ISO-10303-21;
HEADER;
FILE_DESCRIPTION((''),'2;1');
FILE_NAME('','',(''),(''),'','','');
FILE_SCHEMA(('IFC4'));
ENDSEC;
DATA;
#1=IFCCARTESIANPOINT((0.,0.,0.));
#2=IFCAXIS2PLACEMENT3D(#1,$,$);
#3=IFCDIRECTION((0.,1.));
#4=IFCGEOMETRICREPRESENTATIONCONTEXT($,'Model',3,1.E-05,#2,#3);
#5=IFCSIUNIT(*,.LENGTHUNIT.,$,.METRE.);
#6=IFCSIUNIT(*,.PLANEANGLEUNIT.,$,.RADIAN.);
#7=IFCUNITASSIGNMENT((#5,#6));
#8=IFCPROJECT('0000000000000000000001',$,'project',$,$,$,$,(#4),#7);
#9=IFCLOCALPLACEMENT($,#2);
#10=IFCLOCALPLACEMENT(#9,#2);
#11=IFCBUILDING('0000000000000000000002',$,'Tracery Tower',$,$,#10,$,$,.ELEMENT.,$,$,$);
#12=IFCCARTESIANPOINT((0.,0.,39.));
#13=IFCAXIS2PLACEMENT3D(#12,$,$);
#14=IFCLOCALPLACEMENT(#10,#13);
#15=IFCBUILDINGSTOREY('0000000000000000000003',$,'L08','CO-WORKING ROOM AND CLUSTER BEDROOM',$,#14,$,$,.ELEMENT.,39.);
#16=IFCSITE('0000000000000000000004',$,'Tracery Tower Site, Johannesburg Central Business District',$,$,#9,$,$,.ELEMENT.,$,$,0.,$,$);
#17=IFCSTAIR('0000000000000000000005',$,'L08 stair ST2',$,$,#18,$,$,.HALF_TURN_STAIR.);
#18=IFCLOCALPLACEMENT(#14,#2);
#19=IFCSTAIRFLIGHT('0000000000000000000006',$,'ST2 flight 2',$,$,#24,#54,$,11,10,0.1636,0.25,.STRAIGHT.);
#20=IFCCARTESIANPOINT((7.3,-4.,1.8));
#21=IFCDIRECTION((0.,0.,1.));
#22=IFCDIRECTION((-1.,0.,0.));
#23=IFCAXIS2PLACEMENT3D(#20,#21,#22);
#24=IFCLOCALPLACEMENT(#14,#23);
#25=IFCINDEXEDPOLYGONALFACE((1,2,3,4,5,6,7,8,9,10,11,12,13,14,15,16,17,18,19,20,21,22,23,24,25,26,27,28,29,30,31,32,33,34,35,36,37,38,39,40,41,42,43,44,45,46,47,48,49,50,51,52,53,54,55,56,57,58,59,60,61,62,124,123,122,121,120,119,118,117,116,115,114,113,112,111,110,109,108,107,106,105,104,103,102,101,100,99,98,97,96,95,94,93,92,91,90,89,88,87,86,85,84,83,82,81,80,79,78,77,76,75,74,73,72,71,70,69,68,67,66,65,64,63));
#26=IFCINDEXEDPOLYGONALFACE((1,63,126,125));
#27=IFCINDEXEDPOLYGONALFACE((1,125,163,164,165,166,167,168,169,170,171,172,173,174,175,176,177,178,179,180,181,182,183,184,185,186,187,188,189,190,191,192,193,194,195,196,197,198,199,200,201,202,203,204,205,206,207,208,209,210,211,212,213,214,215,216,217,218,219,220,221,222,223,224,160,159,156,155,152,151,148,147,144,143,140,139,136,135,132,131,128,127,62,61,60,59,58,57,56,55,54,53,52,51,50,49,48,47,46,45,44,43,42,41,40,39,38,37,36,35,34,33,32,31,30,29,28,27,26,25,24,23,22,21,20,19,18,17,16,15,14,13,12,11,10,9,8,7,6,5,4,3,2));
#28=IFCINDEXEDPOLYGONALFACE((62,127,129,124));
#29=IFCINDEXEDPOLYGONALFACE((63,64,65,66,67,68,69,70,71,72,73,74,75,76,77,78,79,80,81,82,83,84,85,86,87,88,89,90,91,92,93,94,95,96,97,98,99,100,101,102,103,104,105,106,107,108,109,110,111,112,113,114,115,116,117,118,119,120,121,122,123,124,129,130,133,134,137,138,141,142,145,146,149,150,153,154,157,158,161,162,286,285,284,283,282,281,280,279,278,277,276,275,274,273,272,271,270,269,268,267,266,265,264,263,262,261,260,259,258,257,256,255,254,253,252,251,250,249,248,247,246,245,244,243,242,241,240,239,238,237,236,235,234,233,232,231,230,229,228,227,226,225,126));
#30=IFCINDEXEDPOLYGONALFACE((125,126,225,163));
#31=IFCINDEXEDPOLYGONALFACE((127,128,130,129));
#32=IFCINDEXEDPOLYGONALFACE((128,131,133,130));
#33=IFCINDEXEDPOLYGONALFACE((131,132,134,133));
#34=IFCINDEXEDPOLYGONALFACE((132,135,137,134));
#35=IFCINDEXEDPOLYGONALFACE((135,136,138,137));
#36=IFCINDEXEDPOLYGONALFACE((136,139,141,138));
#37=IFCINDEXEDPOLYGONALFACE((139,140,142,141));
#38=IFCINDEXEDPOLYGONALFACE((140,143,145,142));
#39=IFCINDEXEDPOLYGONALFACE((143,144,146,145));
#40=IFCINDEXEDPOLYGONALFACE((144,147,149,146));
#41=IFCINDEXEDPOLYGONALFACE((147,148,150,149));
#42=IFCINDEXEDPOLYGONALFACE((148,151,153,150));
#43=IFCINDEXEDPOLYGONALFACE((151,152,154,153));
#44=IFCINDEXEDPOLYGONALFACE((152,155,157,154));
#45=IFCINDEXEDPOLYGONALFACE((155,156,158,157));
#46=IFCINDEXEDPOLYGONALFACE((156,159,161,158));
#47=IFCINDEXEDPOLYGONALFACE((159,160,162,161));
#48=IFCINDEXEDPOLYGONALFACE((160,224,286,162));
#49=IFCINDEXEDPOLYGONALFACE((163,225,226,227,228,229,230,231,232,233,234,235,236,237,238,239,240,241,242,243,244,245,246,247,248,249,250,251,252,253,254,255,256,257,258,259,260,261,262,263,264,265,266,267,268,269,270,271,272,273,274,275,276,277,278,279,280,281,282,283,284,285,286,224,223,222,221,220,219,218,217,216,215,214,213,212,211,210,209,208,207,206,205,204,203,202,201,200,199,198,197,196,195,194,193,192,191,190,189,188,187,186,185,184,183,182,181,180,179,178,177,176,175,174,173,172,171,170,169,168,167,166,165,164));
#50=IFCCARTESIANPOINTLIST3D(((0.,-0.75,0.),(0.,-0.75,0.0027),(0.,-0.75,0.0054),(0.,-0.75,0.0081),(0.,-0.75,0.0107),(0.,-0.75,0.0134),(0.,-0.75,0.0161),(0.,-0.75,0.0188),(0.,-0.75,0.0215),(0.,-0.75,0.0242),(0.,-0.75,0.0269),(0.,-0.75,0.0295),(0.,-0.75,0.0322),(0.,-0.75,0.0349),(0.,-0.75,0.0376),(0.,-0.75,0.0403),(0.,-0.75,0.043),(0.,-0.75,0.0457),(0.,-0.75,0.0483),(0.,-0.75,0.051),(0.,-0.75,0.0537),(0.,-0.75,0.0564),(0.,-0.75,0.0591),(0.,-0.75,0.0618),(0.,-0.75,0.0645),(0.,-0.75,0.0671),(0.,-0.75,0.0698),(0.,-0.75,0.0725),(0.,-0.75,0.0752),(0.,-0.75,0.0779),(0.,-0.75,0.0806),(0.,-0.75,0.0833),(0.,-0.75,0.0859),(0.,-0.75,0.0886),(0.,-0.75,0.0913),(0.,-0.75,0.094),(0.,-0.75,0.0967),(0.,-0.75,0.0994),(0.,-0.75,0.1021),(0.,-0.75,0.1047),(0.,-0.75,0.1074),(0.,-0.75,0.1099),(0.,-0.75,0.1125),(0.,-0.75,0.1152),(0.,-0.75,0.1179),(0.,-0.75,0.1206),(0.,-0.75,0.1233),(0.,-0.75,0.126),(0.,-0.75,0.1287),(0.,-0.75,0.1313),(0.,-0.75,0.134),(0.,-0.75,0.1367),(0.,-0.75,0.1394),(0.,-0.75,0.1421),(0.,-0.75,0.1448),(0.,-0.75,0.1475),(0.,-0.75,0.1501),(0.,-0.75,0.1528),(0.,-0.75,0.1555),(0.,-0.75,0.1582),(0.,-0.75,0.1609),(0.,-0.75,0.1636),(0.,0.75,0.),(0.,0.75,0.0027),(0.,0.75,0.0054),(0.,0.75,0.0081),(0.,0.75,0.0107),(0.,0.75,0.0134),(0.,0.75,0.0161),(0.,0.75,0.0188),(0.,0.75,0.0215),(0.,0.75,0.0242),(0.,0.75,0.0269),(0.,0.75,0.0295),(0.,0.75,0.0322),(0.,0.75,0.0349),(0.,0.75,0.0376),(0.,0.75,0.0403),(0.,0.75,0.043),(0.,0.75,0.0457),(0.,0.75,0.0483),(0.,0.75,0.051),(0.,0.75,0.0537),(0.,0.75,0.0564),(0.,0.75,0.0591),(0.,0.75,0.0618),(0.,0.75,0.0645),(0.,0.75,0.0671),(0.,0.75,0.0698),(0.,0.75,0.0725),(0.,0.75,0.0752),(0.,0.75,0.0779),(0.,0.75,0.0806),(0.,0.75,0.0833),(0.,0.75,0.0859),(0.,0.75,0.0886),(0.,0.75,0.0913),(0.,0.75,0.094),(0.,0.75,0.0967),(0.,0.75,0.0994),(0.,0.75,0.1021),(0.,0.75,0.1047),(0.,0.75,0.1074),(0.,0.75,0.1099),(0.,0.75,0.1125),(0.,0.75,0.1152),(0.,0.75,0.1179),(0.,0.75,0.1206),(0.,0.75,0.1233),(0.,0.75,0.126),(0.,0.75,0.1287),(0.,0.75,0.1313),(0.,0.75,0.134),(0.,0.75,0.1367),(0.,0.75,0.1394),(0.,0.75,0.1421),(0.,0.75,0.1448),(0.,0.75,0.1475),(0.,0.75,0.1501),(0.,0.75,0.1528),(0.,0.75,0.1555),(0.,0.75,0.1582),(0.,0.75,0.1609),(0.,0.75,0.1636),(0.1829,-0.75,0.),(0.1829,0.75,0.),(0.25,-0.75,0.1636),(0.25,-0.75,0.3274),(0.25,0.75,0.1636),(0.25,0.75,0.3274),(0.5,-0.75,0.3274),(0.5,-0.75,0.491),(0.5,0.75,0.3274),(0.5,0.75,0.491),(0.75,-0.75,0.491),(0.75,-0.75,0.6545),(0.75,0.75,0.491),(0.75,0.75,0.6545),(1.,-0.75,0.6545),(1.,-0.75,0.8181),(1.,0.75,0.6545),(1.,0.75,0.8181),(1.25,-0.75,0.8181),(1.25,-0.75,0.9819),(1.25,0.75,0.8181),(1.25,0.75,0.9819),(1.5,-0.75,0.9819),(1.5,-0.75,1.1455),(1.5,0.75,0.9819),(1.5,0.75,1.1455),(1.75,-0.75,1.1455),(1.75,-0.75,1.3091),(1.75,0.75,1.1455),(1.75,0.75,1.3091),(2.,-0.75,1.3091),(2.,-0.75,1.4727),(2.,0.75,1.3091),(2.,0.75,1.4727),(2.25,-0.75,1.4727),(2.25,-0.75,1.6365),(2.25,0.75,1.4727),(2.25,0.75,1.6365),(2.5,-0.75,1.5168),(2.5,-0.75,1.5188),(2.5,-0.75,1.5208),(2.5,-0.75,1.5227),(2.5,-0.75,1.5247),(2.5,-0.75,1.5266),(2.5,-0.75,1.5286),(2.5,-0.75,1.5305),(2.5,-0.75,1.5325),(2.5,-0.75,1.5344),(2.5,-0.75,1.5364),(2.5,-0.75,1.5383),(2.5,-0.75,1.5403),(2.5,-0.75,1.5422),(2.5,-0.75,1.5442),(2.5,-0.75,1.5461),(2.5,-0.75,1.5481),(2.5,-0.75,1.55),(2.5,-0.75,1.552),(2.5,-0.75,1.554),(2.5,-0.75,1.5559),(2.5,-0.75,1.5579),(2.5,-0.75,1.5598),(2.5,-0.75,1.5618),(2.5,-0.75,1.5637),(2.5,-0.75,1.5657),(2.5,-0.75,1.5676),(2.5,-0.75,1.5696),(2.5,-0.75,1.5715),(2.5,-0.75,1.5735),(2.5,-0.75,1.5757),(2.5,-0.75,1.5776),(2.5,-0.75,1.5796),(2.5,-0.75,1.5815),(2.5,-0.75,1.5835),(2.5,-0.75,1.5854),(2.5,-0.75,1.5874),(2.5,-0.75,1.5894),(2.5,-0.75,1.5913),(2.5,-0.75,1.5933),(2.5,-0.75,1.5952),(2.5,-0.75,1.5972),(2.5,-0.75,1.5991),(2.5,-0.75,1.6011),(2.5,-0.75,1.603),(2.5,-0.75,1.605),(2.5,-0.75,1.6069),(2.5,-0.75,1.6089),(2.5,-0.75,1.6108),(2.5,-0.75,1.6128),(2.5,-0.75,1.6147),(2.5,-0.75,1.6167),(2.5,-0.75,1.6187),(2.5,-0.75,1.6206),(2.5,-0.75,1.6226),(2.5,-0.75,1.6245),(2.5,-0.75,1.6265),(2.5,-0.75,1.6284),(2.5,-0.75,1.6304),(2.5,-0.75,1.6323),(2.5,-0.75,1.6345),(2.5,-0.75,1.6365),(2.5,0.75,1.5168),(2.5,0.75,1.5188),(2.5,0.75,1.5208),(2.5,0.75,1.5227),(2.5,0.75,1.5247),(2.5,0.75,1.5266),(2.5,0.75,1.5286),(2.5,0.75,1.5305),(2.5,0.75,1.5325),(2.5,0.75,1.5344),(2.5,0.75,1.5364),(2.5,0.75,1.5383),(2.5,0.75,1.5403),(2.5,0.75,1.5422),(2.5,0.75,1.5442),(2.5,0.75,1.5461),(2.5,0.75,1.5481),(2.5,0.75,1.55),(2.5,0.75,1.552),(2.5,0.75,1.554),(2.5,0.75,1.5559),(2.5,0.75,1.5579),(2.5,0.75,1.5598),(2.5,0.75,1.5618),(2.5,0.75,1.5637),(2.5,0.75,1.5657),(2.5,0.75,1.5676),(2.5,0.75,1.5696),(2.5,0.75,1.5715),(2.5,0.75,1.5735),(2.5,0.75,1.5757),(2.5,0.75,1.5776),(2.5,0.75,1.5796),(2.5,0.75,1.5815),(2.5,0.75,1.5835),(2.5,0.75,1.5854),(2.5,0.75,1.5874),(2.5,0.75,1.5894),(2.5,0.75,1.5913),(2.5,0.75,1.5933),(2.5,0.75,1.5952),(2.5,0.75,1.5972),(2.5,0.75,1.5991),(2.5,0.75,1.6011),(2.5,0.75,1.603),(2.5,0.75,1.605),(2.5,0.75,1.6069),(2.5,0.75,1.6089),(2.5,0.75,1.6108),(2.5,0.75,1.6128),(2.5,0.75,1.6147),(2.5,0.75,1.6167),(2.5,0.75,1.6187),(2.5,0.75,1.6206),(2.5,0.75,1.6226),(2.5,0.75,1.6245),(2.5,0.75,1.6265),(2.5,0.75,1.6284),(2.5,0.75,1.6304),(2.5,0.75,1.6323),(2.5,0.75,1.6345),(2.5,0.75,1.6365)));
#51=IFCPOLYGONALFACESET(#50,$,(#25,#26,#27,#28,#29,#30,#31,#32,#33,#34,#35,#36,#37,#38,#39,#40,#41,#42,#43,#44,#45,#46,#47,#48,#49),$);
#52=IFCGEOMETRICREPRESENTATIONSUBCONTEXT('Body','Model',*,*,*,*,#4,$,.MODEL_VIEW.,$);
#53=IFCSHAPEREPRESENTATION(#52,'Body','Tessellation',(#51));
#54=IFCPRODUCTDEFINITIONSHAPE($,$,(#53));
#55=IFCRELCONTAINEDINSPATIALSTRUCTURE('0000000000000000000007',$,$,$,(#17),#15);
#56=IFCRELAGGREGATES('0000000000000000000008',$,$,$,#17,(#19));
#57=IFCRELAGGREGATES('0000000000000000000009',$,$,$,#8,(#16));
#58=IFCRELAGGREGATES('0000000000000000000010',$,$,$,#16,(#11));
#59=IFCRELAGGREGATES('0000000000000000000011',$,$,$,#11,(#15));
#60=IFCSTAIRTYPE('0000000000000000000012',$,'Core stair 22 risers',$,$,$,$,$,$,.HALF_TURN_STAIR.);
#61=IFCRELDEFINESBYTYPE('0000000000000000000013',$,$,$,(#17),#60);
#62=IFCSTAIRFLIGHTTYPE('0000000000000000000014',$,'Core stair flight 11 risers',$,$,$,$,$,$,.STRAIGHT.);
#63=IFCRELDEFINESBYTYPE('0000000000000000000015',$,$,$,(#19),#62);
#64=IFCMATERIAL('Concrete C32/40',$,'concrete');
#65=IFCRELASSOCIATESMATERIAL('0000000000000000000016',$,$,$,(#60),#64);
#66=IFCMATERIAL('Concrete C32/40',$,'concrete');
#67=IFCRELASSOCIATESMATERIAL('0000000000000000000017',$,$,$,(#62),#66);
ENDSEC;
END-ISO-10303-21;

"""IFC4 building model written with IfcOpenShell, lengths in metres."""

from ifc_helpers import new_model, si_unit, direction, frame, origin, place, context, subcontext, project, spatial, polyline, outline, extrude, material, type_object, element, aggregate, save


model = new_model("IFC4")

# Units and contexts
model_context = context("Model", 3, precision=1e-05, world=origin(), true_north=direction((0.0, 1.0)))
body_context = subcontext(model_context, "Body", "Model", "MODEL_VIEW")
ifc_project = project(units=[si_unit("LENGTHUNIT", "METRE"), si_unit("PLANEANGLEUNIT", "RADIAN")], contexts=[model_context])

# Site, building, storey
site_placement = place(None, origin())
site = spatial("IfcSite", under=ifc_project, at=site_placement, Name="Tracery Tower Site, Johannesburg Central Business District", CompositionType="ELEMENT", RefElevation=0.0)
building_placement = place(site_placement, origin())
building = spatial("IfcBuilding", under=site, at=building_placement, Name="Tracery Tower", CompositionType="ELEMENT")
storey_placement = place(building_placement, frame((0.0, 0.0, 39.0)))
storey = spatial("IfcBuildingStorey", under=building, at=storey_placement, Name="L08", Description="CO-WORKING ROOM AND CLUSTER BEDROOM", CompositionType="ELEMENT", Elevation=39.0)

# Stair, stair flight
ifc_material_1 = material(Name="Concrete C32/40", Category="concrete")
stair_type = type_object("IfcStairType", Name="Core stair 22 risers", PredefinedType="HALF_TURN_STAIR", material=ifc_material_1)
stair_placement = place(storey_placement, origin())
stair = element("IfcStair", 1, at=stair_placement, inside=storey, type_object=stair_type, Name="L08 stair ST2", PredefinedType="HALF_TURN_STAIR")
ifc_material_2 = material(Name="Concrete C32/40", Category="concrete")
stair_flight_type = type_object("IfcStairFlightType", Name="Core stair flight 11 risers", PredefinedType="STRAIGHT", material=ifc_material_2)
stair_flight_1_placement = place(storey_placement, frame((7.3, -4.0, 1.8), z_axis=(0.0, 0.0, 1.0), x_axis=(-1.0, 0.0, 0.0)))
stair_flight_1 = element("IfcStairFlight", 2, at=stair_flight_1_placement, type_object=stair_flight_type, Name="ST2 flight 2", NumberOfRisers=11, NumberOfTreads=10, PredefinedType="STRAIGHT", RiserHeight=0.1636, TreadLength=0.25, context=body_context, shape_type="SweptSolid", body=[
    extrude(outline(polyline([(0.0, 0.0), (0.0, 0.0027), (0.0, 0.0054), (0.0, 0.0081), (0.0, 0.0107), (0.0, 0.0134), (0.0, 0.0161), (0.0, 0.0188), (0.0, 0.0215), (0.0, 0.0242), (0.0, 0.0269), (0.0, 0.0295), (0.0, 0.0322), (0.0, 0.0349), (0.0, 0.0376), (0.0, 0.0403), (0.0, 0.043), (0.0, 0.0457), (0.0, 0.0483), (0.0, 0.051), (0.0, 0.0537), (0.0, 0.0564), (0.0, 0.0591), (0.0, 0.0618), (0.0, 0.0645), (0.0, 0.0671), (0.0, 0.0698), (0.0, 0.0725), (0.0, 0.0752), (0.0, 0.0779), (0.0, 0.0806), (0.0, 0.0833), (0.0, 0.0859), (0.0, 0.0886), (0.0, 0.0913), (0.0, 0.094), (0.0, 0.0967), (0.0, 0.0994), (0.0, 0.1021), (0.0, 0.1047), (0.0, 0.1074), (0.0, 0.1099), (0.0, 0.1125), (0.0, 0.1152), (0.0, 0.1179), (0.0, 0.1206), (0.0, 0.1233), (0.0, 0.126), (0.0, 0.1287), (0.0, 0.1313), (0.0, 0.134), (0.0, 0.1367), (0.0, 0.1394), (0.0, 0.1421), (0.0, 0.1448), (0.0, 0.1475), (0.0, 0.1501), (0.0, 0.1528), (0.0, 0.1555), (0.0, 0.1582), (0.0, 0.1609), (0.0, 0.1636), (0.25, 0.1636), (0.25, 0.3274), (0.5, 0.3274), (0.5, 0.491), (0.75, 0.491), (0.75, 0.6545), (1.0, 0.6545), (1.0, 0.8181), (1.25, 0.8181), (1.25, 0.9819), (1.5, 0.9819), (1.5, 1.1455), (1.75, 1.1455), (1.75, 1.3091), (2.0, 1.3091), (2.0, 1.4727), (2.25, 1.4727), (2.25, 1.6365), (2.5, 1.6365), (2.5, 1.6345), (2.5, 1.6323), (2.5, 1.6304), (2.5, 1.6284), (2.5, 1.6265), (2.5, 1.6245), (2.5, 1.6226), (2.5, 1.6206), (2.5, 1.6187), (2.5, 1.6167), (2.5, 1.6147), (2.5, 1.6128), (2.5, 1.6108), (2.5, 1.6089), (2.5, 1.6069), (2.5, 1.605), (2.5, 1.603), (2.5, 1.6011), (2.5, 1.5991), (2.5, 1.5972), (2.5, 1.5952), (2.5, 1.5933), (2.5, 1.5913), (2.5, 1.5894), (2.5, 1.5874), (2.5, 1.5854), (2.5, 1.5835), (2.5, 1.5815), (2.5, 1.5796), (2.5, 1.5776), (2.5, 1.5757), (2.5, 1.5735), (2.5, 1.5715), (2.5, 1.5696), (2.5, 1.5676), (2.5, 1.5657), (2.5, 1.5637), (2.5, 1.5618), (2.5, 1.5598), (2.5, 1.5579), (2.5, 1.5559), (2.5, 1.554), (2.5, 1.552), (2.5, 1.55), (2.5, 1.5481), (2.5, 1.5461), (2.5, 1.5442), (2.5, 1.5422), (2.5, 1.5403), (2.5, 1.5383), (2.5, 1.5364), (2.5, 1.5344), (2.5, 1.5325), (2.5, 1.5305), (2.5, 1.5286), (2.5, 1.5266), (2.5, 1.5247), (2.5, 1.5227), (2.5, 1.5208), (2.5, 1.5188), (2.5, 1.5168), (0.1829, 0.0), (0.0, 0.0)])), frame((0.0, 0.75, 0.0), z_axis=(0.0, -1.0, 0.0), x_axis=(1.0, 0.0, 0.0)), (0.0, 0.0, 1.0), 1.5),
])
aggregate(stair, [stair_flight_1])

save(model, "model.ifc")
